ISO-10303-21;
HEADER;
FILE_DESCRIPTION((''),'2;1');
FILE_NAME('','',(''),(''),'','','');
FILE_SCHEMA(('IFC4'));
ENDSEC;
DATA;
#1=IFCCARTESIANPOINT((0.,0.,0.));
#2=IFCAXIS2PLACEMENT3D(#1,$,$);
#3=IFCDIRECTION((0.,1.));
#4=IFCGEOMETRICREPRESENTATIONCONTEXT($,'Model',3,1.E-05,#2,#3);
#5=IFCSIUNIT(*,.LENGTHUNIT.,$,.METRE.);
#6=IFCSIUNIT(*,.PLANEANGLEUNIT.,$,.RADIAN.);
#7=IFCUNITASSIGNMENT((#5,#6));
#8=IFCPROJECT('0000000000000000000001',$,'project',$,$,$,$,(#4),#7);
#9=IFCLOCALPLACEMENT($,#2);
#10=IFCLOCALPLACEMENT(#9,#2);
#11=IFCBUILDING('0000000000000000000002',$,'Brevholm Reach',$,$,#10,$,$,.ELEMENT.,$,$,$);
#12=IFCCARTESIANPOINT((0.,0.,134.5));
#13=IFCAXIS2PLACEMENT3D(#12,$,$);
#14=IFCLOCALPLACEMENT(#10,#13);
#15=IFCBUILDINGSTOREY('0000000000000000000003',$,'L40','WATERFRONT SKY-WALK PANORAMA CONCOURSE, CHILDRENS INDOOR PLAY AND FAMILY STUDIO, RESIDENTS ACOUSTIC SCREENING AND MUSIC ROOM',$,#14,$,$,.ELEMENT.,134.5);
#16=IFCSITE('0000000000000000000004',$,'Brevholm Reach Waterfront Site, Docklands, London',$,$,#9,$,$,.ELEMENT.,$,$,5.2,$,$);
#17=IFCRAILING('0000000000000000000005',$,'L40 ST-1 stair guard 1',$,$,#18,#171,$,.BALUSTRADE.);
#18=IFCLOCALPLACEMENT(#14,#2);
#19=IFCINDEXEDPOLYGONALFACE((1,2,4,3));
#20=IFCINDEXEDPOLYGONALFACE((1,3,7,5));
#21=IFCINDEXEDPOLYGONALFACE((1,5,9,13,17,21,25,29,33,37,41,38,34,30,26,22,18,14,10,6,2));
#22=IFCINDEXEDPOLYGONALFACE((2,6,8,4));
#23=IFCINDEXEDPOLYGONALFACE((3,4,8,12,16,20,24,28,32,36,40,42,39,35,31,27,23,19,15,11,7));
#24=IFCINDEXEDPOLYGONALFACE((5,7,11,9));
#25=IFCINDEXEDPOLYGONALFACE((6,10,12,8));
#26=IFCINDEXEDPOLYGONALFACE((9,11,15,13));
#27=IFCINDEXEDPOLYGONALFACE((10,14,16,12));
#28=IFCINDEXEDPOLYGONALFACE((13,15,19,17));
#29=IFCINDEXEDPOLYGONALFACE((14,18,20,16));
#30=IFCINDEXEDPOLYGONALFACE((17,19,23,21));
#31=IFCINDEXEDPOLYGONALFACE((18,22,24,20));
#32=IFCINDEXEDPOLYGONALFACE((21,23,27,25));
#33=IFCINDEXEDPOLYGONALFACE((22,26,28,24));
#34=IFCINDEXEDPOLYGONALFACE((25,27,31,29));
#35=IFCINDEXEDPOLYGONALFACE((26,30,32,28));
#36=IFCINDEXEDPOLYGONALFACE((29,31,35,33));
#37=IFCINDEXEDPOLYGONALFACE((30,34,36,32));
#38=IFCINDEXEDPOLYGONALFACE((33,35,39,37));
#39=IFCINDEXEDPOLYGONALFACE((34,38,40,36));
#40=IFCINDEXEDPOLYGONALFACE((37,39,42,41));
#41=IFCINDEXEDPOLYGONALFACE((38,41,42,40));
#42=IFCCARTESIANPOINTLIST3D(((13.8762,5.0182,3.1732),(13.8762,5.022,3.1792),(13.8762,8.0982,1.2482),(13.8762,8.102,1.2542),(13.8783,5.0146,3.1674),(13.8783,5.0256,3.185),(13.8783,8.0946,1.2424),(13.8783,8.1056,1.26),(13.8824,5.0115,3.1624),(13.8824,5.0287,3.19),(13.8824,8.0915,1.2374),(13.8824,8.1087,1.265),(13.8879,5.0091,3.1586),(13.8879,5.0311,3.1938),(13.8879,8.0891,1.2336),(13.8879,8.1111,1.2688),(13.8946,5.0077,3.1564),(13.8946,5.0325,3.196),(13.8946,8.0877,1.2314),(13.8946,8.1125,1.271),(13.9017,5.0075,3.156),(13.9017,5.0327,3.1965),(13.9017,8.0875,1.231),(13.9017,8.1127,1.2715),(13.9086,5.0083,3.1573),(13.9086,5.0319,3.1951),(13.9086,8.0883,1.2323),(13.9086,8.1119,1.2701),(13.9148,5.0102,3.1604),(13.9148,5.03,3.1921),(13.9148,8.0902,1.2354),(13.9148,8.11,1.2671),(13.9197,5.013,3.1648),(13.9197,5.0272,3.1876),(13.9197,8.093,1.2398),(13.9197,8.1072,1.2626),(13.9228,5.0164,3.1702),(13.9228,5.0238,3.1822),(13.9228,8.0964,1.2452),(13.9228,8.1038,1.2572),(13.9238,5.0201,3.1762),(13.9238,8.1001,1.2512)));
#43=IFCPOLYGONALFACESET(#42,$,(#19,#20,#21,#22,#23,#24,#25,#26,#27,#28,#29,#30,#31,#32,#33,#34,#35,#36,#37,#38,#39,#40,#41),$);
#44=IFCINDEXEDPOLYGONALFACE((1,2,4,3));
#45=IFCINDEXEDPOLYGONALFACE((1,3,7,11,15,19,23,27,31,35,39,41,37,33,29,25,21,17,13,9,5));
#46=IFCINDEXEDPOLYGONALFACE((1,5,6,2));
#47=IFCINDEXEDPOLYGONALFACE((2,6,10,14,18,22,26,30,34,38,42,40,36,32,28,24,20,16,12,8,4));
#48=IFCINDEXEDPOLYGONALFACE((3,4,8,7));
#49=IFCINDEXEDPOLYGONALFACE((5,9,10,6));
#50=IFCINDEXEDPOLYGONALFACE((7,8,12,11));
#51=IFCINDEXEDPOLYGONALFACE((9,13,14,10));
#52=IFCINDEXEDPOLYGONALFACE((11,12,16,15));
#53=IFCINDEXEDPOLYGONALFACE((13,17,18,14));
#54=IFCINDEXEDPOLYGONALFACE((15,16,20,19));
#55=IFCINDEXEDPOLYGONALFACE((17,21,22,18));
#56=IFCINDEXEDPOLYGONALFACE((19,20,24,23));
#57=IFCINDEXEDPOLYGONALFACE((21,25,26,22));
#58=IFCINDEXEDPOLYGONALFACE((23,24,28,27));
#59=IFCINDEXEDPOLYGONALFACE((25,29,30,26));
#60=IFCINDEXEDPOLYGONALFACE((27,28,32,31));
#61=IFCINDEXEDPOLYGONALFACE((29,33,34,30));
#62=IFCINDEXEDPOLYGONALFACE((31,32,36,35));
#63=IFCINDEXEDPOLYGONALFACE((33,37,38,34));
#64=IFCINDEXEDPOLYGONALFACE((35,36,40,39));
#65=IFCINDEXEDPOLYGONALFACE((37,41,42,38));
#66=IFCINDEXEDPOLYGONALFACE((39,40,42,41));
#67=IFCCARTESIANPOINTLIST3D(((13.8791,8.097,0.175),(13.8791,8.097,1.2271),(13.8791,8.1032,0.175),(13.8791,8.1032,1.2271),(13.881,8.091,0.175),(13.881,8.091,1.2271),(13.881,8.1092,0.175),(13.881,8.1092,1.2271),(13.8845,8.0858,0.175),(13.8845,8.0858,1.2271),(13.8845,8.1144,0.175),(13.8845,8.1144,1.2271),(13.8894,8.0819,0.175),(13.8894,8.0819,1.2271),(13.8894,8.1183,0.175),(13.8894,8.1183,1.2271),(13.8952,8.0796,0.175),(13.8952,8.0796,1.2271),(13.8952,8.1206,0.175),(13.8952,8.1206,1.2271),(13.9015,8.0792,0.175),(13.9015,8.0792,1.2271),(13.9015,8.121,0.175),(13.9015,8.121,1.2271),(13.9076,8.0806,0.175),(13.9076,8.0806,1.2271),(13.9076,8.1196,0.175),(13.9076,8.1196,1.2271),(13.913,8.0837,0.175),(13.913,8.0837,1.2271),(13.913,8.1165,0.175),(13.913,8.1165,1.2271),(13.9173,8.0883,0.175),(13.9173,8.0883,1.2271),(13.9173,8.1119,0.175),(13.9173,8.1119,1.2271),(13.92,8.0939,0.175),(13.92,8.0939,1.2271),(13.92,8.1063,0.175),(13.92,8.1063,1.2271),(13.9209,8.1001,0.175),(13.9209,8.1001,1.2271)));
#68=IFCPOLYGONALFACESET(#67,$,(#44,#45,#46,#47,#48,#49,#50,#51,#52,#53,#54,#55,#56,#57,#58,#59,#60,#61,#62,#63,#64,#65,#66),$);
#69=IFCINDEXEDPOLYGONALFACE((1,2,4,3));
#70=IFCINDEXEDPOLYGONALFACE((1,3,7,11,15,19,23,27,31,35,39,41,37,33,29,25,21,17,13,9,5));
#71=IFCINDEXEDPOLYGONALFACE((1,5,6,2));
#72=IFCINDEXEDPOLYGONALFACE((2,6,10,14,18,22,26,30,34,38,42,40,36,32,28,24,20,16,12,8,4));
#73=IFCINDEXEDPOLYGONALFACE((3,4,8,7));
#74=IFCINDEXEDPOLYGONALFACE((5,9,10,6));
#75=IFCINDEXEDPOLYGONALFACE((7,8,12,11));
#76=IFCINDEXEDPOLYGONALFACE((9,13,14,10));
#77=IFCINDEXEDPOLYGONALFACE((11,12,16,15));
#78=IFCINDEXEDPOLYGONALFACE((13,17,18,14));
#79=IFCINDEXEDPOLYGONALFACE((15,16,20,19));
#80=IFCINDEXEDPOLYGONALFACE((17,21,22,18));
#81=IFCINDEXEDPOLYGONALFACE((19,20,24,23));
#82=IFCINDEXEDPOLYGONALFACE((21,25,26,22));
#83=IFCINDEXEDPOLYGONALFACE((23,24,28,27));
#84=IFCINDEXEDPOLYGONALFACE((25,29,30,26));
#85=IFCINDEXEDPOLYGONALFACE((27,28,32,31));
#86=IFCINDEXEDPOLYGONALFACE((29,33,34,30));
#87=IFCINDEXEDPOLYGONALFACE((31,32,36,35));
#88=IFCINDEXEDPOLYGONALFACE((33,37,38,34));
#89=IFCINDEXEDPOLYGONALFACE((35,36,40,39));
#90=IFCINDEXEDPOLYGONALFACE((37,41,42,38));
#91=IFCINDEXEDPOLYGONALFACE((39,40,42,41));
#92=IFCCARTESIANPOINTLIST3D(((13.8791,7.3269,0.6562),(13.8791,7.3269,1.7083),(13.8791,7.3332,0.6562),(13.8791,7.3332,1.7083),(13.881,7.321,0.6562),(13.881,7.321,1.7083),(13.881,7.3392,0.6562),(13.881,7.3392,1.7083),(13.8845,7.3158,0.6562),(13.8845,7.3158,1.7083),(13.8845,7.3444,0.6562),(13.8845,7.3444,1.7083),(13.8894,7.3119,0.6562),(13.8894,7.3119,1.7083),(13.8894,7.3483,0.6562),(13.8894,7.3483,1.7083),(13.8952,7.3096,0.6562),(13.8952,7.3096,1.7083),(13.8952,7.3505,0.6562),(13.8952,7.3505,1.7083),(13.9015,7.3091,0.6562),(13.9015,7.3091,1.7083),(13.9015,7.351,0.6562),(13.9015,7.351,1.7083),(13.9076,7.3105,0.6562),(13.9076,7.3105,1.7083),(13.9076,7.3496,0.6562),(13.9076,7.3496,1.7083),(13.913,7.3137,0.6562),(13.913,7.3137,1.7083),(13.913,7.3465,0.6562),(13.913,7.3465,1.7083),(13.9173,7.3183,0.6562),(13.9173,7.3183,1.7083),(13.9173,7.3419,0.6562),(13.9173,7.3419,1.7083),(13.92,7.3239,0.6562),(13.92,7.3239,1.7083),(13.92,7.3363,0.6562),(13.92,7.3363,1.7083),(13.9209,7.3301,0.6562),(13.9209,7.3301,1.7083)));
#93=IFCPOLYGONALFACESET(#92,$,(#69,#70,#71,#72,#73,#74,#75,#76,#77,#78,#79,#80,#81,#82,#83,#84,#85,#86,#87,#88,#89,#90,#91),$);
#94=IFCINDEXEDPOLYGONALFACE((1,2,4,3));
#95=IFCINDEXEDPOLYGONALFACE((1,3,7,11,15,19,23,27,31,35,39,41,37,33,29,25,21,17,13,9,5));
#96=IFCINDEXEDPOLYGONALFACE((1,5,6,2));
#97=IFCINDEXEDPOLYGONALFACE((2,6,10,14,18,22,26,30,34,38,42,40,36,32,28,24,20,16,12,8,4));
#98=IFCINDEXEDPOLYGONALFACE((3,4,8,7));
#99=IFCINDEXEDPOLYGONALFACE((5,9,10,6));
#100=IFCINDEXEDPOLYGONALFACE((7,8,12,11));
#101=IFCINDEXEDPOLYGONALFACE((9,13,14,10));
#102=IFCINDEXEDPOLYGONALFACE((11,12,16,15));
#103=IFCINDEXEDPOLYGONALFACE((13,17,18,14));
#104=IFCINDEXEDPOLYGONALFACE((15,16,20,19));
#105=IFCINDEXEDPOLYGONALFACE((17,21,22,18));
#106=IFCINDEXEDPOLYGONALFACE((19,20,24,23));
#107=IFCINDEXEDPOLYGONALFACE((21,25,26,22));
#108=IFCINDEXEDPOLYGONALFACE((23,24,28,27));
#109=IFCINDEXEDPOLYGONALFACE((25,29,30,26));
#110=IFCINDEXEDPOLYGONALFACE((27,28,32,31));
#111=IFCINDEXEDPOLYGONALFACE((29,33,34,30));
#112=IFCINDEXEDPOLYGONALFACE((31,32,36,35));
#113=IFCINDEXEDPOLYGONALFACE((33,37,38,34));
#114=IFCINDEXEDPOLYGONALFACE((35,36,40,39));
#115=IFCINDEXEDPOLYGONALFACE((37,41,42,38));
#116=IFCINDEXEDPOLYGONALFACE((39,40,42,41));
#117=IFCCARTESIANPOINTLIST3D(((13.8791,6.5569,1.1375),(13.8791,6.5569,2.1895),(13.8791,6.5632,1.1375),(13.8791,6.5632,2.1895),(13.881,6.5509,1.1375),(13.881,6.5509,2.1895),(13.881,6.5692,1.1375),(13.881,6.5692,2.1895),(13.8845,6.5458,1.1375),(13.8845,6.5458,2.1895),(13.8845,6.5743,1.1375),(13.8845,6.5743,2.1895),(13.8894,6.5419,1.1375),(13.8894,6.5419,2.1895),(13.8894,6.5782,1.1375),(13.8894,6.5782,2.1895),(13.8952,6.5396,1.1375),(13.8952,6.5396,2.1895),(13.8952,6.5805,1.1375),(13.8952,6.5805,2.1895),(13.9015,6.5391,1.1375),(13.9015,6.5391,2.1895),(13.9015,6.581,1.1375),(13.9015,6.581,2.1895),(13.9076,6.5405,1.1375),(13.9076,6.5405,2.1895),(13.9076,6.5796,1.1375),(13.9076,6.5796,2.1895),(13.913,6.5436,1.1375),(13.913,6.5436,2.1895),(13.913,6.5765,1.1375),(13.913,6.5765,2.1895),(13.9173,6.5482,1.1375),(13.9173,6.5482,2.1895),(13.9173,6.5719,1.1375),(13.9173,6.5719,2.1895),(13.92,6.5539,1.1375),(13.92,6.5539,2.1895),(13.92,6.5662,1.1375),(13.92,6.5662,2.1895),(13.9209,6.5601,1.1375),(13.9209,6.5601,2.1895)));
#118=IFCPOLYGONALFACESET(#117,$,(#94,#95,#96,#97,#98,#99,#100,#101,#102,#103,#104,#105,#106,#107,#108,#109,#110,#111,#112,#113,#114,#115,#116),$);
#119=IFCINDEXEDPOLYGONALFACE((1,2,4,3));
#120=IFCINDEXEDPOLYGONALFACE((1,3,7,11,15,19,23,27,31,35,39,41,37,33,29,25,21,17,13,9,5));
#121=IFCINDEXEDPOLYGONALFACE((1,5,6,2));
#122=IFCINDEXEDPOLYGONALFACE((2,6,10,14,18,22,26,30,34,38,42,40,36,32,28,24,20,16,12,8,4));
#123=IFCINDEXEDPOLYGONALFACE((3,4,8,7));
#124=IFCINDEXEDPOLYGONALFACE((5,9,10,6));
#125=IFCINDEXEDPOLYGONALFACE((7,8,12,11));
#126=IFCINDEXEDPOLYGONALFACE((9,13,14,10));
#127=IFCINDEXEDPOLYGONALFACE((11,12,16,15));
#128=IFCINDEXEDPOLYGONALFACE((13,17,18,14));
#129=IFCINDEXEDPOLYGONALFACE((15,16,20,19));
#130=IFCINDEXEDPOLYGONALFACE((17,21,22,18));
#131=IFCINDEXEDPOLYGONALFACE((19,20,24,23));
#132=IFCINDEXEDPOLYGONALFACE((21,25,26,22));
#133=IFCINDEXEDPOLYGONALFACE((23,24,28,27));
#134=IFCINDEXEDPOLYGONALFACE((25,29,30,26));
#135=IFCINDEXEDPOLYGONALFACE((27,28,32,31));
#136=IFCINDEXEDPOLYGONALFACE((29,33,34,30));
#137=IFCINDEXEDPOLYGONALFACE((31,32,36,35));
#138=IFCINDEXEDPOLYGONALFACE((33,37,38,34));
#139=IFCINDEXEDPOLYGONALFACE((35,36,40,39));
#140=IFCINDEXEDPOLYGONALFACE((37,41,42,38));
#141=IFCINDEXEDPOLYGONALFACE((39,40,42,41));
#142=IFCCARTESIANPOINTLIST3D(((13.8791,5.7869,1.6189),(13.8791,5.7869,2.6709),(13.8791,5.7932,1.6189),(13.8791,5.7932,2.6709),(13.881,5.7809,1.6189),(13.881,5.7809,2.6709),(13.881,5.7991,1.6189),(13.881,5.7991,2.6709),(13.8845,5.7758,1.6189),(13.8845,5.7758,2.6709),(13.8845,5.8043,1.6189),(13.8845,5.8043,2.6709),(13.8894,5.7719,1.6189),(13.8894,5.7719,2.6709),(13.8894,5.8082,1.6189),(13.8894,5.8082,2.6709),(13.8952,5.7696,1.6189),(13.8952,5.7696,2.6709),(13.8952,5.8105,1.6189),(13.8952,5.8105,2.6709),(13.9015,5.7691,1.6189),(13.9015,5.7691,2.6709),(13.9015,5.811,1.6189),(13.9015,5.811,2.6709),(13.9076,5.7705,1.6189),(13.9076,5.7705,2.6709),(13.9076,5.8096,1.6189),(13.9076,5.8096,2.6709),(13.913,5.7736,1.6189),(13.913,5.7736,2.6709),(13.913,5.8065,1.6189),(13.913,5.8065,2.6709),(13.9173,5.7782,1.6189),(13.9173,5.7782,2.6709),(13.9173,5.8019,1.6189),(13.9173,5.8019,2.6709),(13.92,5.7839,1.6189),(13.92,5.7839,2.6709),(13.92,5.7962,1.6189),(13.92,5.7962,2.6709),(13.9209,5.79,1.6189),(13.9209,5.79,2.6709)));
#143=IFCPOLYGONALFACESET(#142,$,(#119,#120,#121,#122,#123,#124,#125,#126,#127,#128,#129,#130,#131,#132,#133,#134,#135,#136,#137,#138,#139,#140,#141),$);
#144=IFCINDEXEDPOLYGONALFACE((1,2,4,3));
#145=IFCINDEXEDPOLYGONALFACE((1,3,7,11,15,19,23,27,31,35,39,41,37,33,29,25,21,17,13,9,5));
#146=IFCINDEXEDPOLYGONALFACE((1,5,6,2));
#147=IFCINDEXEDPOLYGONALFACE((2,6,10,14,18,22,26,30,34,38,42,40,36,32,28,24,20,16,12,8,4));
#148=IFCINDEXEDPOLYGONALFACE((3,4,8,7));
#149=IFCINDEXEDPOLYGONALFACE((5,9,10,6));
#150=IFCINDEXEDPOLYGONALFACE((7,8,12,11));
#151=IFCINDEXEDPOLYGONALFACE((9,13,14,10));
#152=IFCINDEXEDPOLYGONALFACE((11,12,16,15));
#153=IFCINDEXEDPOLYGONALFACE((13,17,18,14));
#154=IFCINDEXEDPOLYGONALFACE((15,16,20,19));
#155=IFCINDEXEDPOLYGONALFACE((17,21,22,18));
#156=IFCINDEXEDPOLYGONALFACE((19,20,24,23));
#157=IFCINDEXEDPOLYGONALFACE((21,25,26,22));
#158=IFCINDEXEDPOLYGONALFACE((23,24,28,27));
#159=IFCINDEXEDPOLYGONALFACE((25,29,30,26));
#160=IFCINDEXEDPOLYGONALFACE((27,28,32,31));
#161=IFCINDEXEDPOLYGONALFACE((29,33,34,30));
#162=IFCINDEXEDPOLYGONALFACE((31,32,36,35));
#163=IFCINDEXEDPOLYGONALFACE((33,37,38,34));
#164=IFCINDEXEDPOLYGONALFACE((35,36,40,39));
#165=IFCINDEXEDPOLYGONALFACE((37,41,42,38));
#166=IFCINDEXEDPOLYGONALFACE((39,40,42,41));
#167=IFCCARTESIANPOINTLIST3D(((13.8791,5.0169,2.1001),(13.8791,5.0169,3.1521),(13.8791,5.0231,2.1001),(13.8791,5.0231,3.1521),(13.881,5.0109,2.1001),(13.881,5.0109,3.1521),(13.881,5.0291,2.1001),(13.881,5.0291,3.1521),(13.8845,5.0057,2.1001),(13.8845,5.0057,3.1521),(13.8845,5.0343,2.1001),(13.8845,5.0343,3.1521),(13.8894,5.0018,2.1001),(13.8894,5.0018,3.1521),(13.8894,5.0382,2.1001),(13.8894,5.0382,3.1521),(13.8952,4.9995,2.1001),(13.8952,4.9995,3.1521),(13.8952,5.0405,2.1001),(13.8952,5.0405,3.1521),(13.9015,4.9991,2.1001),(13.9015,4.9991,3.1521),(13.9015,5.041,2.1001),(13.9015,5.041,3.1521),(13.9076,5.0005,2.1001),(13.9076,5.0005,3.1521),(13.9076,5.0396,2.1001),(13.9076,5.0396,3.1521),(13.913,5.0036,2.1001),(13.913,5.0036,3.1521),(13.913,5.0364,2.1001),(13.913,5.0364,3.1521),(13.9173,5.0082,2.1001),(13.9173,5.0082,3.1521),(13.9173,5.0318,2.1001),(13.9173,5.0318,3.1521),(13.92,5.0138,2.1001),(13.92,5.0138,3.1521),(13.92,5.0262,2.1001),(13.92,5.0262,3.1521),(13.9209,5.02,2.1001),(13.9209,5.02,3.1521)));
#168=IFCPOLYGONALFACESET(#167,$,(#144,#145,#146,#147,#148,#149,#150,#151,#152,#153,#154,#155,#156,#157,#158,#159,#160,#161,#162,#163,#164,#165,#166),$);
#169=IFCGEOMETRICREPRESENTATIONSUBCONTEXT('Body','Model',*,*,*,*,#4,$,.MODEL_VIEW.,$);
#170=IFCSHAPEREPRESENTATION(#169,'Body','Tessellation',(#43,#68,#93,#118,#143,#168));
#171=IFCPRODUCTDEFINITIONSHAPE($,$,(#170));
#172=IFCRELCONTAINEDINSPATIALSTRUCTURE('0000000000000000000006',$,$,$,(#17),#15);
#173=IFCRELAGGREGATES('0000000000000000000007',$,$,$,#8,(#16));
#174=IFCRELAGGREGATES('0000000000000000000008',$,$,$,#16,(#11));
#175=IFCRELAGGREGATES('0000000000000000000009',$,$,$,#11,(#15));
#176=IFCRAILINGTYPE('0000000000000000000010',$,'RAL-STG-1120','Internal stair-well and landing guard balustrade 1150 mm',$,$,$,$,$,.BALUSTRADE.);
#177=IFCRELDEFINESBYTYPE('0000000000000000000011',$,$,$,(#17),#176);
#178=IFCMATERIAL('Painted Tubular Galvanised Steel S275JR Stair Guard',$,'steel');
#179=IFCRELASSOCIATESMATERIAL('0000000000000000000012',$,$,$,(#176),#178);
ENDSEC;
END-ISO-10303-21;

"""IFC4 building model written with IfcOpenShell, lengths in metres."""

from ifc_helpers import new_model, si_unit, direction, frame, origin, origin_2d, place, context, subcontext, project, spatial, circle, extrude, material, type_object, element, save


model = new_model("IFC4")

# Units and contexts
model_context = context("Model", 3, precision=1e-05, world=origin(), true_north=direction((0.0, 1.0)))
body_context = subcontext(model_context, "Body", "Model", "MODEL_VIEW")
ifc_project = project(units=[si_unit("LENGTHUNIT", "METRE"), si_unit("PLANEANGLEUNIT", "RADIAN")], contexts=[model_context])

# Site, building, storey
site_placement = place(None, origin())
site = spatial("IfcSite", under=ifc_project, at=site_placement, Name="Brevholm Reach Waterfront Site, Docklands, London", CompositionType="ELEMENT", RefElevation=5.2)
building_placement = place(site_placement, origin())
building = spatial("IfcBuilding", under=site, at=building_placement, Name="Brevholm Reach", CompositionType="ELEMENT")
storey_placement = place(building_placement, frame((0.0, 0.0, 134.5)))
storey = spatial("IfcBuildingStorey", under=building, at=storey_placement, Name="L40", Description="WATERFRONT SKY-WALK PANORAMA CONCOURSE, CHILDRENS INDOOR PLAY AND FAMILY STUDIO, RESIDENTS ACOUSTIC SCREENING AND MUSIC ROOM", CompositionType="ELEMENT", Elevation=134.5)

# Railing
ifc_material_1 = material(Name="Painted Tubular Galvanised Steel S275JR Stair Guard", Category="steel")
railing_type_1 = type_object("IfcRailingType", Name="RAL-STG-1120", Description="Internal stair-well and landing guard balustrade 1150 mm", PredefinedType="BALUSTRADE", material=ifc_material_1)
railing_1_placement = place(storey_placement, frame((13.8999, 8.1001, 0.175)))
element("IfcRailing", 1, at=railing_1_placement, inside=storey, type_object=railing_type_1, Name="L40 ST-1 stair guard 1", PredefinedType="BALUSTRADE", context=body_context, shape_type="SweptSolid", body=[
    extrude(circle(Radius=0.0239, at=origin_2d()), frame((0.0, 0.0, 1.0762), z_axis=(0.0, -0.847998, 0.529999), x_axis=(1.0, 0.0, 0.0)), (0.0, 0.0, 1.0), 3.6321),
    extrude(circle(Radius=0.021, at=origin_2d()), origin(), (0.0, 0.0, 1.0), 1.052),
    extrude(circle(Radius=0.021, at=origin_2d()), frame((0.0, -0.77, 0.4812)), (0.0, 0.0, 1.0), 1.052),
    extrude(circle(Radius=0.021, at=origin_2d()), frame((0.0, -1.54, 0.9624)), (0.0, 0.0, 1.0), 1.052),
    extrude(circle(Radius=0.021, at=origin_2d()), frame((0.0, -2.3101, 1.4438)), (0.0, 0.0, 1.0), 1.052),
    extrude(circle(Radius=0.021, at=origin_2d()), frame((0.0, -3.0801, 1.925)), (0.0, 0.0, 1.0), 1.052),
])

save(model, "model.ifc")
